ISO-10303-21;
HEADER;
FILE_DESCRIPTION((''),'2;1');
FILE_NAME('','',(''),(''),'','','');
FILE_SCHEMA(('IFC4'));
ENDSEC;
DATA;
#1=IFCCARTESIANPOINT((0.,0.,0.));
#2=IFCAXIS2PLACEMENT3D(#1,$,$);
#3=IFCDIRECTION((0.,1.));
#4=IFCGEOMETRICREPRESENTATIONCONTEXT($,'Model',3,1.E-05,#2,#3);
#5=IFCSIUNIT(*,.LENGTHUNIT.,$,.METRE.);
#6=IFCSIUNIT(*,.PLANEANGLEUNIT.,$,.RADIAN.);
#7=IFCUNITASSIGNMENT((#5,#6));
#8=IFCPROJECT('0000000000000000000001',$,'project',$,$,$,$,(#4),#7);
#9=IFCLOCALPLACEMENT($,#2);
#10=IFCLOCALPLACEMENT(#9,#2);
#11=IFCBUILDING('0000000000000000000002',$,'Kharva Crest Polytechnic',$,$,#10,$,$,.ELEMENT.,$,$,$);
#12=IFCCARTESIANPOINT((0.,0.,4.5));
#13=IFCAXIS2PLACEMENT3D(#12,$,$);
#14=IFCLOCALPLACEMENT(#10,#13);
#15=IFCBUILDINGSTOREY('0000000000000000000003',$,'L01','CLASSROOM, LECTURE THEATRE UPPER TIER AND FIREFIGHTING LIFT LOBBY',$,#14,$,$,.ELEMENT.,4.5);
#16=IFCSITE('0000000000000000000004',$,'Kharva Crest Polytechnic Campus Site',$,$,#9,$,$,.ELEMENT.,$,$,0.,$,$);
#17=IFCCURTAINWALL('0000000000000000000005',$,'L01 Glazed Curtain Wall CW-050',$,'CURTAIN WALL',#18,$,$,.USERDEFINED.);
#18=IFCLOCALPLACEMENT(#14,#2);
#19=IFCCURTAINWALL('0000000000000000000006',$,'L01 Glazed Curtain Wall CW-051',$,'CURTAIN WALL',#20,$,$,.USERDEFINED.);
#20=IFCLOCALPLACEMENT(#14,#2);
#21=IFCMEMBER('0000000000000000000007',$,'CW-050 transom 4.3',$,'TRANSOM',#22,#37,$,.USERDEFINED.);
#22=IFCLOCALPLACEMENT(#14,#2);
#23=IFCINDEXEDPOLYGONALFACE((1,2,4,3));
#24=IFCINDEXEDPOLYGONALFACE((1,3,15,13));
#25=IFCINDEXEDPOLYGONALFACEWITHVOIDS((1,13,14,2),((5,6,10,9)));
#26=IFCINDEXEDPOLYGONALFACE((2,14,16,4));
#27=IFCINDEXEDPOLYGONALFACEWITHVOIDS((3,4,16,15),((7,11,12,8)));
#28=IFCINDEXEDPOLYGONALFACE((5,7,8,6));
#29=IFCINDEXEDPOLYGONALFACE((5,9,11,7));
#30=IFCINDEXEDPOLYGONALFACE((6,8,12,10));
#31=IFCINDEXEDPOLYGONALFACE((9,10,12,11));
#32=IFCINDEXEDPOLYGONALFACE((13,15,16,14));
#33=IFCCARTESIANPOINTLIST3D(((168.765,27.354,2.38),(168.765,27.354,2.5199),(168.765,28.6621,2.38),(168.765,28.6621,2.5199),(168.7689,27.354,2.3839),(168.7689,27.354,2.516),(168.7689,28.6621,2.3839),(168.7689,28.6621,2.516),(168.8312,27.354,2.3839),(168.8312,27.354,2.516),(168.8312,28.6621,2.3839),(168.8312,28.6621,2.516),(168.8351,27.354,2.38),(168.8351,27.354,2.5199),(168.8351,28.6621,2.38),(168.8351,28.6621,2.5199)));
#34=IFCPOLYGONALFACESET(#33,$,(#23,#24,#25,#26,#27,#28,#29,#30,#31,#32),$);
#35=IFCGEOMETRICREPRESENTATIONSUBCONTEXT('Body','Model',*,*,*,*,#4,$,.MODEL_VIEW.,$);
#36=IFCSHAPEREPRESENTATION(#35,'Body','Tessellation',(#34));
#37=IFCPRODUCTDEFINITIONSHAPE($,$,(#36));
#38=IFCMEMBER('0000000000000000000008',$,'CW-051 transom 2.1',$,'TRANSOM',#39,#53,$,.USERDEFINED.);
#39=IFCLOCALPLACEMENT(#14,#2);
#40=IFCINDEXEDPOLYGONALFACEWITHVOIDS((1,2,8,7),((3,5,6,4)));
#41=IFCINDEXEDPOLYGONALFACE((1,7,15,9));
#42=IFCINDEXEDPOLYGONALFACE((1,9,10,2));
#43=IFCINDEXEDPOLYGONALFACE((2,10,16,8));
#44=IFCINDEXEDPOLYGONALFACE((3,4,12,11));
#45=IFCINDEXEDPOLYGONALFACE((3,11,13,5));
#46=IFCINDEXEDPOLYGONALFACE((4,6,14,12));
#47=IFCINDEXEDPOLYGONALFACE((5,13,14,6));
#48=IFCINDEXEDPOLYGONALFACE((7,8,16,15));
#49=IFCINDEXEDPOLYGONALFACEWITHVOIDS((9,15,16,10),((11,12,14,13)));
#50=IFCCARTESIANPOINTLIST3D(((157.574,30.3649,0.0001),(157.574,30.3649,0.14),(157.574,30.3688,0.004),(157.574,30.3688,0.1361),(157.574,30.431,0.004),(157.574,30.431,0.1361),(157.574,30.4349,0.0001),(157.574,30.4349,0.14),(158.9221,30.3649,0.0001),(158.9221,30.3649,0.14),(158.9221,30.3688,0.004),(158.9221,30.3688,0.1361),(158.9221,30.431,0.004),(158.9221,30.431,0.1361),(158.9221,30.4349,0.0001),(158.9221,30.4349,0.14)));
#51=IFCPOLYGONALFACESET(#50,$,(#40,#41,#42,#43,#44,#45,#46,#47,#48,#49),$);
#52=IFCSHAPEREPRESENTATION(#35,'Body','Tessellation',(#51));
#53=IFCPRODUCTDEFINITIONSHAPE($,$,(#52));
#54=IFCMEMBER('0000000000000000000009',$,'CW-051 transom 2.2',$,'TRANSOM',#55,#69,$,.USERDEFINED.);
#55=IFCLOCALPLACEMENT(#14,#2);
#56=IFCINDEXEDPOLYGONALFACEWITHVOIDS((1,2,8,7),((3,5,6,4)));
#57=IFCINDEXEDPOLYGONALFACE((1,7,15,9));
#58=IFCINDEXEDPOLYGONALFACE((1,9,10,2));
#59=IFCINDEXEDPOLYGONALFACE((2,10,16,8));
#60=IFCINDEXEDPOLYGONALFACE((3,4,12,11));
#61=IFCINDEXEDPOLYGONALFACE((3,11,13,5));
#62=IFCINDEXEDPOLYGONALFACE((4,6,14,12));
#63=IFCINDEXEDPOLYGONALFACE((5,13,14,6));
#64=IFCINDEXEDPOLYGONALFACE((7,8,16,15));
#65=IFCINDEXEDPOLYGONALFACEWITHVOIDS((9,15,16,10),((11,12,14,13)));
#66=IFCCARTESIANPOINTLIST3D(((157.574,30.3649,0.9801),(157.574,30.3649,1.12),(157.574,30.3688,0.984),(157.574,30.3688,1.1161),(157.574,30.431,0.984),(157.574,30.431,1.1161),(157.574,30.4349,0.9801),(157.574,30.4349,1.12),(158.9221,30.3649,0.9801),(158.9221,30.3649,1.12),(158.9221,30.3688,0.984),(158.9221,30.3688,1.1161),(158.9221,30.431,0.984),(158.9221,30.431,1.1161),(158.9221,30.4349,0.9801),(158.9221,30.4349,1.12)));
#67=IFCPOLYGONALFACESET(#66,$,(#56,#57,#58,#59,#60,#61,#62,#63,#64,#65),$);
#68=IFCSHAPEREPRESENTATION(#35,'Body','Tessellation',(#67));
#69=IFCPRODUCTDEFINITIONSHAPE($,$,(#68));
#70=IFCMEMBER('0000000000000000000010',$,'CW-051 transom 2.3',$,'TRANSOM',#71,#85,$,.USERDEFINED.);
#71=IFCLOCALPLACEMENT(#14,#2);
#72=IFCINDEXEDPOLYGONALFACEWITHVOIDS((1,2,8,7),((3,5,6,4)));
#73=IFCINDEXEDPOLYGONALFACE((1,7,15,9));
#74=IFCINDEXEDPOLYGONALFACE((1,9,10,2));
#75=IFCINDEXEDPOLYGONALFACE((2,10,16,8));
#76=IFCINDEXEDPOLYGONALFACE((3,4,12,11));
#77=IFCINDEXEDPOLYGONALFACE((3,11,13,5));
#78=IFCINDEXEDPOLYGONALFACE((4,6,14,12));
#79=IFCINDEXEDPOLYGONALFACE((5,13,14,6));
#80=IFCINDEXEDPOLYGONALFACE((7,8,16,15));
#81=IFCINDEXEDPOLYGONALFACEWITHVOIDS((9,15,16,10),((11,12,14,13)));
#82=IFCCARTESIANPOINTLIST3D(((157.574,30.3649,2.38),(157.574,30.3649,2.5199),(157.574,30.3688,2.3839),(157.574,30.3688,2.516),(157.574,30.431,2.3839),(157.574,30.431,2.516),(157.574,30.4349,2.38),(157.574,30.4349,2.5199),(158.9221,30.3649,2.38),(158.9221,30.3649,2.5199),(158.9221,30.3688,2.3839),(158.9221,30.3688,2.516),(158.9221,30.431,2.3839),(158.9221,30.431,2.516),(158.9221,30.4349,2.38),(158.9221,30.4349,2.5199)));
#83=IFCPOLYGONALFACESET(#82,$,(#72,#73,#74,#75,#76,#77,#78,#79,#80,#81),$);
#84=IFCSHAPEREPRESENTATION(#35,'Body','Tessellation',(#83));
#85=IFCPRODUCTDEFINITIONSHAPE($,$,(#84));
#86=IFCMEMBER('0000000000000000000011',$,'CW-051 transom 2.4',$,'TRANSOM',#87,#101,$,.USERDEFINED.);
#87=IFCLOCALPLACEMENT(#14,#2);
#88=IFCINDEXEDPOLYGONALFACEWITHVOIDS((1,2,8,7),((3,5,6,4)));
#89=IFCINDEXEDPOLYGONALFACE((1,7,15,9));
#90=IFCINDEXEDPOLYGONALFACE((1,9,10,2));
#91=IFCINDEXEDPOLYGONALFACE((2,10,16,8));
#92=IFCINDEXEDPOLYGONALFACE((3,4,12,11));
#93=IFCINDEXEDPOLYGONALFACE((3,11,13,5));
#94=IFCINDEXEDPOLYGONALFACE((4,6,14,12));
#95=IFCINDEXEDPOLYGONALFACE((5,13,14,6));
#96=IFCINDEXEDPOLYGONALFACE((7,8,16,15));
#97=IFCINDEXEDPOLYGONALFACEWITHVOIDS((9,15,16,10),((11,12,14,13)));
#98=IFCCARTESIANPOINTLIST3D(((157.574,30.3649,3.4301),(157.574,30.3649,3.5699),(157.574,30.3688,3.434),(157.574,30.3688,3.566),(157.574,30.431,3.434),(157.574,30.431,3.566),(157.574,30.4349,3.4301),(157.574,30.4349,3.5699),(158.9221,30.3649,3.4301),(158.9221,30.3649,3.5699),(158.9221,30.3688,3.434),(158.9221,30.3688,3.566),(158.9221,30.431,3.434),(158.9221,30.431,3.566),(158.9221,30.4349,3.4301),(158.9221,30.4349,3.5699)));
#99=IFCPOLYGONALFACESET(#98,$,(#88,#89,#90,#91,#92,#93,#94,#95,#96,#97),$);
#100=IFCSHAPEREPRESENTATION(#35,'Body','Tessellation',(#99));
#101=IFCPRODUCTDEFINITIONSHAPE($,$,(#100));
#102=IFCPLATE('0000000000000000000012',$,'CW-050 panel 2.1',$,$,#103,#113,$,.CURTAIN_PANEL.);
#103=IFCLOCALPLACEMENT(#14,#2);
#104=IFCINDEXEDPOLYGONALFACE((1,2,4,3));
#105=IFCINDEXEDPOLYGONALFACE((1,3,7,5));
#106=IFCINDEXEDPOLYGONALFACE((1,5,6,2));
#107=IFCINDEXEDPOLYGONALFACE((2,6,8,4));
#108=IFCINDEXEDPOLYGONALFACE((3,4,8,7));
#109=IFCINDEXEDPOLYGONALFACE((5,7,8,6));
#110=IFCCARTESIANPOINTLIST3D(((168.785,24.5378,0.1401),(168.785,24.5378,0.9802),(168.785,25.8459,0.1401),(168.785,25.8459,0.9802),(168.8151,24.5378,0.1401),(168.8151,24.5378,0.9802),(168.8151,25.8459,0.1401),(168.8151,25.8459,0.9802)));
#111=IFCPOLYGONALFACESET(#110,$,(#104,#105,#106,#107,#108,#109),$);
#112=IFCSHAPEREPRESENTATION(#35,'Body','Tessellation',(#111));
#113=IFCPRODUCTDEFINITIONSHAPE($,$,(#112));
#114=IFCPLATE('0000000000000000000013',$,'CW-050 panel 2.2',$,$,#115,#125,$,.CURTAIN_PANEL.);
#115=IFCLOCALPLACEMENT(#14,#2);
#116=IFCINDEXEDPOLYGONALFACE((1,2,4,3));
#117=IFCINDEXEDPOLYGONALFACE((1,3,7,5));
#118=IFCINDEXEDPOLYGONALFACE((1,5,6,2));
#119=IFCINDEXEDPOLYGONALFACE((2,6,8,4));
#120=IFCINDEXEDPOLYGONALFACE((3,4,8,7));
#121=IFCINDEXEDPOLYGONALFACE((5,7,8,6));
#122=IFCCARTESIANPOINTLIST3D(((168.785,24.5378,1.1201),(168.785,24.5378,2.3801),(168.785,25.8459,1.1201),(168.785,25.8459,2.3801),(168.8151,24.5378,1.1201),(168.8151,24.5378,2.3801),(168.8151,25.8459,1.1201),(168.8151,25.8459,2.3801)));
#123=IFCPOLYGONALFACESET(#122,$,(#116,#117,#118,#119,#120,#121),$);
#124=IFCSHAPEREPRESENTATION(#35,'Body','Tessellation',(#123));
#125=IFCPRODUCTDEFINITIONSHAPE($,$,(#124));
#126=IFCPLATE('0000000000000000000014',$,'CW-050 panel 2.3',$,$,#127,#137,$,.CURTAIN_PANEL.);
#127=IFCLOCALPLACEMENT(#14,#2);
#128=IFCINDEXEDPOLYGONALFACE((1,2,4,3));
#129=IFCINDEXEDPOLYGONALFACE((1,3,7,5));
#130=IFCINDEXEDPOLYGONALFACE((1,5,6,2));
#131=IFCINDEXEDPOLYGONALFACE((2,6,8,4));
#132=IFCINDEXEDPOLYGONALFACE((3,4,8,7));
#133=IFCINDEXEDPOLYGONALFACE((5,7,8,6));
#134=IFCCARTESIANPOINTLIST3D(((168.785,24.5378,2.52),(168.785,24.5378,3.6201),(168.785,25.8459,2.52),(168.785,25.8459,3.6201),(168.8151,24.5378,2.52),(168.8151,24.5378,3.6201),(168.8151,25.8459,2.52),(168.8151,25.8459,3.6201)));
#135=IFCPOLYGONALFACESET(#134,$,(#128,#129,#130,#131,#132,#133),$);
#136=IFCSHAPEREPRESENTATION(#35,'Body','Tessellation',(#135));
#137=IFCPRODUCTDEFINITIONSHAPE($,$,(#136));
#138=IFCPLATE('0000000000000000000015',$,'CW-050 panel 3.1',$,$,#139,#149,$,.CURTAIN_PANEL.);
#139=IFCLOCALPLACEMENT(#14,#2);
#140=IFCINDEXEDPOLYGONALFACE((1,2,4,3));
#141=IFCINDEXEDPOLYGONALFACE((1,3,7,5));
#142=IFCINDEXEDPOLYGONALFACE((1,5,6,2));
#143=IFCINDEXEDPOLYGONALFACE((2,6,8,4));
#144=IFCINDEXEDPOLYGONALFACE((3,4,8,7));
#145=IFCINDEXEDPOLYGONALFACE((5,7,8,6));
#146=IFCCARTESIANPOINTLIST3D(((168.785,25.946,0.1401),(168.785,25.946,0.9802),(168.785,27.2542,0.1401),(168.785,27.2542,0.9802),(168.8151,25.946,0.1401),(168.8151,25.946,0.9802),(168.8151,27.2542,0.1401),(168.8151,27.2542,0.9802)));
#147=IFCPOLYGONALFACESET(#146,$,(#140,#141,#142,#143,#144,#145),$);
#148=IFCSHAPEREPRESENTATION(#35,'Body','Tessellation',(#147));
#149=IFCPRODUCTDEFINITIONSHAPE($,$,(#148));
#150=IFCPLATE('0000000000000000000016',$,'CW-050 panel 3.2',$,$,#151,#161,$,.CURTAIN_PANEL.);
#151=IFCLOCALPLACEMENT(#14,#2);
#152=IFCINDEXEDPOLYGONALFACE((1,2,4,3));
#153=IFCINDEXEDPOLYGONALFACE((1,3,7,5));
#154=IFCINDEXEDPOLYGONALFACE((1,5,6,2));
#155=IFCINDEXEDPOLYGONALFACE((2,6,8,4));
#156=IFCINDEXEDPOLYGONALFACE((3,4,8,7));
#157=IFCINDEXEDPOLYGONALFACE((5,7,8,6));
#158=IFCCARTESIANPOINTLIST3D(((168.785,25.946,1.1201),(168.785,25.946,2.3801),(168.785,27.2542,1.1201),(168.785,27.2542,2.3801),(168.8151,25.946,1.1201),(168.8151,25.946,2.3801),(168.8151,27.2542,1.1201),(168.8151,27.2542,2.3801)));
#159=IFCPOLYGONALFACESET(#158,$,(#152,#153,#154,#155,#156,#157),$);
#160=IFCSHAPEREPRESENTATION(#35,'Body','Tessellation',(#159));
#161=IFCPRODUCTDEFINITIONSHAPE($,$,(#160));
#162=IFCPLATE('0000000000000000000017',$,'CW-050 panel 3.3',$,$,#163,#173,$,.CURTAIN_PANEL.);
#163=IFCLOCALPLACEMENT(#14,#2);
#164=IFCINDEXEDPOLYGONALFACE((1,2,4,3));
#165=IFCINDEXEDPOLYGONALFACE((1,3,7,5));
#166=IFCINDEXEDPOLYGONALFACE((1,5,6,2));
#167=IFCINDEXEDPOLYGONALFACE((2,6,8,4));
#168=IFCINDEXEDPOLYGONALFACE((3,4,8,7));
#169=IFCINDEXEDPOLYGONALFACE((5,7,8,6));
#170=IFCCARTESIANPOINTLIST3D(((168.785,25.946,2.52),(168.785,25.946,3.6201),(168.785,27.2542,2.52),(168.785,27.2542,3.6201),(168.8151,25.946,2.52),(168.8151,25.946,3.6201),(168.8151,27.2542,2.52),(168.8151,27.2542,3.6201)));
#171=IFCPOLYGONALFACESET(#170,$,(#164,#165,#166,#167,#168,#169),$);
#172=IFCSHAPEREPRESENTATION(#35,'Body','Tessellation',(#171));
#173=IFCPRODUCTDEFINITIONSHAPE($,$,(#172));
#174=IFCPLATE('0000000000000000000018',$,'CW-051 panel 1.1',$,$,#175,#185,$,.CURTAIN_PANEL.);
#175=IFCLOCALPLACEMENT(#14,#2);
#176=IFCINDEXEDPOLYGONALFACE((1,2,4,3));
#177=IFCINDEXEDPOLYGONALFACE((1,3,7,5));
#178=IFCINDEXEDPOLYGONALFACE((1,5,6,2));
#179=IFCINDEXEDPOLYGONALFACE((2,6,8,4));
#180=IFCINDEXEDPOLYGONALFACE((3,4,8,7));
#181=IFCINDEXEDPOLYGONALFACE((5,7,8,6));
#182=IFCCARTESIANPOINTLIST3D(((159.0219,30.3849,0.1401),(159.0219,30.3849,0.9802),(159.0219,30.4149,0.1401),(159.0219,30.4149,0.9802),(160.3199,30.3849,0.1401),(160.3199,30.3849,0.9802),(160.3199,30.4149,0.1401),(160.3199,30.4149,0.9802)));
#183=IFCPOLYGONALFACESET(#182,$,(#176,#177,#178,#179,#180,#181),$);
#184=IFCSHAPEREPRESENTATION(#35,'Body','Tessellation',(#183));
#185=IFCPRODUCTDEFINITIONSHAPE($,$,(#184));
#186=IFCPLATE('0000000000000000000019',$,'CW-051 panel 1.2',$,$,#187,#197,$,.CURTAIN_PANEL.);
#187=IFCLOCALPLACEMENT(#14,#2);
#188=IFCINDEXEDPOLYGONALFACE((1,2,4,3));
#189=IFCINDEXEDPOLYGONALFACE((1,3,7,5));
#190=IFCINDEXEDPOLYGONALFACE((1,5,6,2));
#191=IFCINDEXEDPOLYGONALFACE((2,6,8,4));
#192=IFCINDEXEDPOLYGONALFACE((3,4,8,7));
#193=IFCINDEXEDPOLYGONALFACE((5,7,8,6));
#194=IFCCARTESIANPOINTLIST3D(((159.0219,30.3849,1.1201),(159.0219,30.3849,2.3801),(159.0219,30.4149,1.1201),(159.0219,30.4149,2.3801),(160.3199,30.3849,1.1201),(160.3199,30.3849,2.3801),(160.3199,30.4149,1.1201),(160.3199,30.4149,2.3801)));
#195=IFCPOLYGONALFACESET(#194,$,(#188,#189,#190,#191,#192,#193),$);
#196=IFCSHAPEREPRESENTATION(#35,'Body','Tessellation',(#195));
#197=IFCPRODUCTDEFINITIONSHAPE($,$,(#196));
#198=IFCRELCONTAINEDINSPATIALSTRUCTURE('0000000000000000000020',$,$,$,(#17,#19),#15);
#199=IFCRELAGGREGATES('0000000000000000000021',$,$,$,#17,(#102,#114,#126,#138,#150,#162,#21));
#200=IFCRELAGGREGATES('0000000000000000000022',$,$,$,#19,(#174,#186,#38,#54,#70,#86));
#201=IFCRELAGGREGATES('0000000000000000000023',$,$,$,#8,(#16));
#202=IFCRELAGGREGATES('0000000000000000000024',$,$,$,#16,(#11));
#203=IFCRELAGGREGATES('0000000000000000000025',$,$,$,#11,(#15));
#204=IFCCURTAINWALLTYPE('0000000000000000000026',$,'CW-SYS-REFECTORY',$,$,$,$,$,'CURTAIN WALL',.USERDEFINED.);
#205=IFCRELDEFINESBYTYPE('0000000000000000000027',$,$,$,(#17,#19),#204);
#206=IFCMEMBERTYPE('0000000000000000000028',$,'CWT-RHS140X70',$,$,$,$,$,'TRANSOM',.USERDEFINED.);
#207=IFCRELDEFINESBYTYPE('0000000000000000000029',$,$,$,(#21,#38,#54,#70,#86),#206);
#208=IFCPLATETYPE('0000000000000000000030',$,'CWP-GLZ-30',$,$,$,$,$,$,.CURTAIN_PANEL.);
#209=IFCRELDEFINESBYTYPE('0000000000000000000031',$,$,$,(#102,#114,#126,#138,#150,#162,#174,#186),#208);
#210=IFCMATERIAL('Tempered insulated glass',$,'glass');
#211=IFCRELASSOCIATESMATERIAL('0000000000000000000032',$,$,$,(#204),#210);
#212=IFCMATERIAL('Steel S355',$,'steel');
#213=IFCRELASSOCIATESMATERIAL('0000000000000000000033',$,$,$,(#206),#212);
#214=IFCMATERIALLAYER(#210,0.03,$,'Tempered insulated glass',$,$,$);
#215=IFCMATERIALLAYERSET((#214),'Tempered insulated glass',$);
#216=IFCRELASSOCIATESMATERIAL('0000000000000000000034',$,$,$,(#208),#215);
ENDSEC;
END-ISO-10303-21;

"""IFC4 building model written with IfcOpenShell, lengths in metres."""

from ifc_helpers import new_model, si_unit, direction, frame, origin, origin_2d, place, context, subcontext, project, spatial, rectangle, hollow_rectangle, extrude, material, layer, layer_set, material_profile, profile_set, type_object, element, aggregate, save


model = new_model("IFC4")

# Units and contexts
model_context = context("Model", 3, precision=1e-05, world=origin(), true_north=direction((0.0, 1.0)))
body_context = subcontext(model_context, "Body", "Model", "MODEL_VIEW")
ifc_project = project(units=[si_unit("LENGTHUNIT", "METRE"), si_unit("PLANEANGLEUNIT", "RADIAN")], contexts=[model_context])

# Site, building, storey
site_placement = place(None, origin())
site = spatial("IfcSite", under=ifc_project, at=site_placement, Name="Kharva Crest Polytechnic Campus Site", CompositionType="ELEMENT", RefElevation=0.0)
building_placement = place(site_placement, origin())
building = spatial("IfcBuilding", under=site, at=building_placement, Name="Kharva Crest Polytechnic", CompositionType="ELEMENT")
storey_placement = place(building_placement, frame((0.0, 0.0, 4.5)))
storey = spatial("IfcBuildingStorey", under=building, at=storey_placement, Name="L01", Description="CLASSROOM, LECTURE THEATRE UPPER TIER AND FIREFIGHTING LIFT LOBBY", CompositionType="ELEMENT", Elevation=4.5)

# Curtain wall
ifc_material_1 = material(Name="Tempered insulated glass", Category="glass")
curtain_wall_type = type_object("IfcCurtainWallType", Name="CW-SYS-REFECTORY", ElementType="CURTAIN WALL", PredefinedType="USERDEFINED", material=ifc_material_1)
curtain_wall_1_placement = place(storey_placement, origin())
curtain_wall_1 = element("IfcCurtainWall", 1, at=curtain_wall_1_placement, inside=storey, type_object=curtain_wall_type, Name="L01 Glazed Curtain Wall CW-050", ObjectType="CURTAIN WALL", PredefinedType="USERDEFINED")
ifc_material_2 = material(Name="Steel S355", Category="steel")

# Curtain wall
curtain_wall_2_placement = place(storey_placement, origin())
curtain_wall_2 = element("IfcCurtainWall", 2, at=curtain_wall_2_placement, inside=storey, type_object=curtain_wall_type, Name="L01 Glazed Curtain Wall CW-051", ObjectType="CURTAIN WALL", PredefinedType="USERDEFINED")

# Members
ifc_material_profile_1 = material_profile(ifc_material_2, hollow_rectangle(XDim=0.0701, YDim=0.1399, WallThickness=0.0039, at=origin_2d()), Name="RHS 140X70X4.0")
ifc_profile_set_1 = profile_set([ifc_material_profile_1], Name="Steel S355")
member_type_1 = type_object("IfcMemberType", Name="CWT-RHS140X70", ElementType="TRANSOM", PredefinedType="USERDEFINED", material=ifc_profile_set_1)
member_1_placement = place(storey_placement, frame((168.8, 27.354, 2.45), z_axis=(0.0, 1.0, 0.0), x_axis=(-1.0, 0.0, 0.0)))
member_1 = element("IfcMember", 3, at=member_1_placement, type_object=member_type_1, Name="CW-050 transom 4.3", ObjectType="TRANSOM", PredefinedType="USERDEFINED", context=body_context, shape_type="SweptSolid", body=[
    extrude(hollow_rectangle(XDim=0.0701, YDim=0.1399, WallThickness=0.0039, at=origin_2d()), origin(), (0.0, 0.0, 1.0), 1.3081),
])
member_2_placement = place(storey_placement, frame((158.9221, 30.3999, 0.0701), z_axis=(-1.0, 0.0, 0.0), x_axis=(0.0, -1.0, 0.0)))
member_2 = element("IfcMember", 4, at=member_2_placement, type_object=member_type_1, Name="CW-051 transom 2.1", ObjectType="TRANSOM", PredefinedType="USERDEFINED", context=body_context, shape_type="SweptSolid", body=[
    extrude(hollow_rectangle(XDim=0.0701, YDim=0.1399, WallThickness=0.0039, at=origin_2d()), origin(), (0.0, 0.0, 1.0), 1.3481),
])
member_3_placement = place(storey_placement, frame((158.9221, 30.3999, 1.05), z_axis=(-1.0, 0.0, 0.0), x_axis=(0.0, -1.0, 0.0)))
member_3 = element("IfcMember", 5, at=member_3_placement, type_object=member_type_1, Name="CW-051 transom 2.2", ObjectType="TRANSOM", PredefinedType="USERDEFINED", context=body_context, shape_type="SweptSolid", body=[
    extrude(hollow_rectangle(XDim=0.0701, YDim=0.1399, WallThickness=0.0039, at=origin_2d()), origin(), (0.0, 0.0, 1.0), 1.3481),
])
member_4_placement = place(storey_placement, frame((158.9221, 30.3999, 2.45), z_axis=(-1.0, 0.0, 0.0), x_axis=(0.0, -1.0, 0.0)))
member_4 = element("IfcMember", 6, at=member_4_placement, type_object=member_type_1, Name="CW-051 transom 2.3", ObjectType="TRANSOM", PredefinedType="USERDEFINED", context=body_context, shape_type="SweptSolid", body=[
    extrude(hollow_rectangle(XDim=0.0701, YDim=0.1399, WallThickness=0.0039, at=origin_2d()), origin(), (0.0, 0.0, 1.0), 1.3481),
])
member_5_placement = place(storey_placement, frame((158.9221, 30.3999, 3.5), z_axis=(-1.0, 0.0, 0.0), x_axis=(0.0, -1.0, 0.0)))
member_5 = element("IfcMember", 7, at=member_5_placement, type_object=member_type_1, Name="CW-051 transom 2.4", ObjectType="TRANSOM", PredefinedType="USERDEFINED", context=body_context, shape_type="SweptSolid", body=[
    extrude(hollow_rectangle(XDim=0.0701, YDim=0.1399, WallThickness=0.0039, at=origin_2d()), origin(), (0.0, 0.0, 1.0), 1.3481),
])

# Plates
ifc_layer = layer(ifc_material_1, 0.03, Name="Tempered insulated glass")
ifc_layer_set = layer_set([ifc_layer], Name="Tempered insulated glass")
plate_type = type_object("IfcPlateType", Name="CWP-GLZ-30", PredefinedType="CURTAIN_PANEL", material=ifc_layer_set)
plate_1_placement = place(storey_placement, frame((168.8, 25.1919, 0.1401), z_axis=(0.0, 0.0, 1.0), x_axis=(0.0, 1.0, 0.0)))
plate_1 = element("IfcPlate", 8, at=plate_1_placement, type_object=plate_type, Name="CW-050 panel 2.1", PredefinedType="CURTAIN_PANEL", context=body_context, shape_type="SweptSolid", body=[
    extrude(rectangle(XDim=1.3081, YDim=0.03, at=origin_2d()), origin(), (0.0, 0.0, 1.0), 0.8401),
])
plate_2_placement = place(storey_placement, frame((168.8, 25.1919, 1.1201), z_axis=(0.0, 0.0, 1.0), x_axis=(0.0, 1.0, 0.0)))
plate_2 = element("IfcPlate", 9, at=plate_2_placement, type_object=plate_type, Name="CW-050 panel 2.2", PredefinedType="CURTAIN_PANEL", context=body_context, shape_type="SweptSolid", body=[
    extrude(rectangle(XDim=1.3081, YDim=0.03, at=origin_2d()), origin(), (0.0, 0.0, 1.0), 1.26),
])
plate_3_placement = place(storey_placement, frame((168.8, 25.1919, 2.52), z_axis=(0.0, 0.0, 1.0), x_axis=(0.0, 1.0, 0.0)))
plate_3 = element("IfcPlate", 10, at=plate_3_placement, type_object=plate_type, Name="CW-050 panel 2.3", PredefinedType="CURTAIN_PANEL", context=body_context, shape_type="SweptSolid", body=[
    extrude(rectangle(XDim=1.3081, YDim=0.03, at=origin_2d()), origin(), (0.0, 0.0, 1.0), 1.1001),
])
plate_4_placement = place(storey_placement, frame((168.8, 26.6001, 0.1401), z_axis=(0.0, 0.0, 1.0), x_axis=(0.0, 1.0, 0.0)))
plate_4 = element("IfcPlate", 11, at=plate_4_placement, type_object=plate_type, Name="CW-050 panel 3.1", PredefinedType="CURTAIN_PANEL", context=body_context, shape_type="SweptSolid", body=[
    extrude(rectangle(XDim=1.3081, YDim=0.03, at=origin_2d()), origin(), (0.0, 0.0, 1.0), 0.8401),
])
plate_5_placement = place(storey_placement, frame((168.8, 26.6001, 1.1201), z_axis=(0.0, 0.0, 1.0), x_axis=(0.0, 1.0, 0.0)))
plate_5 = element("IfcPlate", 12, at=plate_5_placement, type_object=plate_type, Name="CW-050 panel 3.2", PredefinedType="CURTAIN_PANEL", context=body_context, shape_type="SweptSolid", body=[
    extrude(rectangle(XDim=1.3081, YDim=0.03, at=origin_2d()), origin(), (0.0, 0.0, 1.0), 1.26),
])
plate_6_placement = place(storey_placement, frame((168.8, 26.6001, 2.52), z_axis=(0.0, 0.0, 1.0), x_axis=(0.0, 1.0, 0.0)))
plate_6 = element("IfcPlate", 13, at=plate_6_placement, type_object=plate_type, Name="CW-050 panel 3.3", PredefinedType="CURTAIN_PANEL", context=body_context, shape_type="SweptSolid", body=[
    extrude(rectangle(XDim=1.3081, YDim=0.03, at=origin_2d()), origin(), (0.0, 0.0, 1.0), 1.1001),
])
aggregate(curtain_wall_1, [plate_1, plate_2, plate_3, plate_4, plate_5, plate_6, member_1])
plate_7_placement = place(storey_placement, frame((159.6709, 30.3999, 0.1401), z_axis=(0.0, 0.0, 1.0), x_axis=(-1.0, 0.0, 0.0)))
plate_7 = element("IfcPlate", 14, at=plate_7_placement, type_object=plate_type, Name="CW-051 panel 1.1", PredefinedType="CURTAIN_PANEL", context=body_context, shape_type="SweptSolid", body=[
    extrude(rectangle(XDim=1.2981, YDim=0.03, at=origin_2d()), origin(), (0.0, 0.0, 1.0), 0.8401),
])
plate_8_placement = place(storey_placement, frame((159.6709, 30.3999, 1.1201), z_axis=(0.0, 0.0, 1.0), x_axis=(-1.0, 0.0, 0.0)))
plate_8 = element("IfcPlate", 15, at=plate_8_placement, type_object=plate_type, Name="CW-051 panel 1.2", PredefinedType="CURTAIN_PANEL", context=body_context, shape_type="SweptSolid", body=[
    extrude(rectangle(XDim=1.2981, YDim=0.03, at=origin_2d()), origin(), (0.0, 0.0, 1.0), 1.26),
])
aggregate(curtain_wall_2, [plate_7, plate_8, member_2, member_3, member_4, member_5])

save(model, "model.ifc")
